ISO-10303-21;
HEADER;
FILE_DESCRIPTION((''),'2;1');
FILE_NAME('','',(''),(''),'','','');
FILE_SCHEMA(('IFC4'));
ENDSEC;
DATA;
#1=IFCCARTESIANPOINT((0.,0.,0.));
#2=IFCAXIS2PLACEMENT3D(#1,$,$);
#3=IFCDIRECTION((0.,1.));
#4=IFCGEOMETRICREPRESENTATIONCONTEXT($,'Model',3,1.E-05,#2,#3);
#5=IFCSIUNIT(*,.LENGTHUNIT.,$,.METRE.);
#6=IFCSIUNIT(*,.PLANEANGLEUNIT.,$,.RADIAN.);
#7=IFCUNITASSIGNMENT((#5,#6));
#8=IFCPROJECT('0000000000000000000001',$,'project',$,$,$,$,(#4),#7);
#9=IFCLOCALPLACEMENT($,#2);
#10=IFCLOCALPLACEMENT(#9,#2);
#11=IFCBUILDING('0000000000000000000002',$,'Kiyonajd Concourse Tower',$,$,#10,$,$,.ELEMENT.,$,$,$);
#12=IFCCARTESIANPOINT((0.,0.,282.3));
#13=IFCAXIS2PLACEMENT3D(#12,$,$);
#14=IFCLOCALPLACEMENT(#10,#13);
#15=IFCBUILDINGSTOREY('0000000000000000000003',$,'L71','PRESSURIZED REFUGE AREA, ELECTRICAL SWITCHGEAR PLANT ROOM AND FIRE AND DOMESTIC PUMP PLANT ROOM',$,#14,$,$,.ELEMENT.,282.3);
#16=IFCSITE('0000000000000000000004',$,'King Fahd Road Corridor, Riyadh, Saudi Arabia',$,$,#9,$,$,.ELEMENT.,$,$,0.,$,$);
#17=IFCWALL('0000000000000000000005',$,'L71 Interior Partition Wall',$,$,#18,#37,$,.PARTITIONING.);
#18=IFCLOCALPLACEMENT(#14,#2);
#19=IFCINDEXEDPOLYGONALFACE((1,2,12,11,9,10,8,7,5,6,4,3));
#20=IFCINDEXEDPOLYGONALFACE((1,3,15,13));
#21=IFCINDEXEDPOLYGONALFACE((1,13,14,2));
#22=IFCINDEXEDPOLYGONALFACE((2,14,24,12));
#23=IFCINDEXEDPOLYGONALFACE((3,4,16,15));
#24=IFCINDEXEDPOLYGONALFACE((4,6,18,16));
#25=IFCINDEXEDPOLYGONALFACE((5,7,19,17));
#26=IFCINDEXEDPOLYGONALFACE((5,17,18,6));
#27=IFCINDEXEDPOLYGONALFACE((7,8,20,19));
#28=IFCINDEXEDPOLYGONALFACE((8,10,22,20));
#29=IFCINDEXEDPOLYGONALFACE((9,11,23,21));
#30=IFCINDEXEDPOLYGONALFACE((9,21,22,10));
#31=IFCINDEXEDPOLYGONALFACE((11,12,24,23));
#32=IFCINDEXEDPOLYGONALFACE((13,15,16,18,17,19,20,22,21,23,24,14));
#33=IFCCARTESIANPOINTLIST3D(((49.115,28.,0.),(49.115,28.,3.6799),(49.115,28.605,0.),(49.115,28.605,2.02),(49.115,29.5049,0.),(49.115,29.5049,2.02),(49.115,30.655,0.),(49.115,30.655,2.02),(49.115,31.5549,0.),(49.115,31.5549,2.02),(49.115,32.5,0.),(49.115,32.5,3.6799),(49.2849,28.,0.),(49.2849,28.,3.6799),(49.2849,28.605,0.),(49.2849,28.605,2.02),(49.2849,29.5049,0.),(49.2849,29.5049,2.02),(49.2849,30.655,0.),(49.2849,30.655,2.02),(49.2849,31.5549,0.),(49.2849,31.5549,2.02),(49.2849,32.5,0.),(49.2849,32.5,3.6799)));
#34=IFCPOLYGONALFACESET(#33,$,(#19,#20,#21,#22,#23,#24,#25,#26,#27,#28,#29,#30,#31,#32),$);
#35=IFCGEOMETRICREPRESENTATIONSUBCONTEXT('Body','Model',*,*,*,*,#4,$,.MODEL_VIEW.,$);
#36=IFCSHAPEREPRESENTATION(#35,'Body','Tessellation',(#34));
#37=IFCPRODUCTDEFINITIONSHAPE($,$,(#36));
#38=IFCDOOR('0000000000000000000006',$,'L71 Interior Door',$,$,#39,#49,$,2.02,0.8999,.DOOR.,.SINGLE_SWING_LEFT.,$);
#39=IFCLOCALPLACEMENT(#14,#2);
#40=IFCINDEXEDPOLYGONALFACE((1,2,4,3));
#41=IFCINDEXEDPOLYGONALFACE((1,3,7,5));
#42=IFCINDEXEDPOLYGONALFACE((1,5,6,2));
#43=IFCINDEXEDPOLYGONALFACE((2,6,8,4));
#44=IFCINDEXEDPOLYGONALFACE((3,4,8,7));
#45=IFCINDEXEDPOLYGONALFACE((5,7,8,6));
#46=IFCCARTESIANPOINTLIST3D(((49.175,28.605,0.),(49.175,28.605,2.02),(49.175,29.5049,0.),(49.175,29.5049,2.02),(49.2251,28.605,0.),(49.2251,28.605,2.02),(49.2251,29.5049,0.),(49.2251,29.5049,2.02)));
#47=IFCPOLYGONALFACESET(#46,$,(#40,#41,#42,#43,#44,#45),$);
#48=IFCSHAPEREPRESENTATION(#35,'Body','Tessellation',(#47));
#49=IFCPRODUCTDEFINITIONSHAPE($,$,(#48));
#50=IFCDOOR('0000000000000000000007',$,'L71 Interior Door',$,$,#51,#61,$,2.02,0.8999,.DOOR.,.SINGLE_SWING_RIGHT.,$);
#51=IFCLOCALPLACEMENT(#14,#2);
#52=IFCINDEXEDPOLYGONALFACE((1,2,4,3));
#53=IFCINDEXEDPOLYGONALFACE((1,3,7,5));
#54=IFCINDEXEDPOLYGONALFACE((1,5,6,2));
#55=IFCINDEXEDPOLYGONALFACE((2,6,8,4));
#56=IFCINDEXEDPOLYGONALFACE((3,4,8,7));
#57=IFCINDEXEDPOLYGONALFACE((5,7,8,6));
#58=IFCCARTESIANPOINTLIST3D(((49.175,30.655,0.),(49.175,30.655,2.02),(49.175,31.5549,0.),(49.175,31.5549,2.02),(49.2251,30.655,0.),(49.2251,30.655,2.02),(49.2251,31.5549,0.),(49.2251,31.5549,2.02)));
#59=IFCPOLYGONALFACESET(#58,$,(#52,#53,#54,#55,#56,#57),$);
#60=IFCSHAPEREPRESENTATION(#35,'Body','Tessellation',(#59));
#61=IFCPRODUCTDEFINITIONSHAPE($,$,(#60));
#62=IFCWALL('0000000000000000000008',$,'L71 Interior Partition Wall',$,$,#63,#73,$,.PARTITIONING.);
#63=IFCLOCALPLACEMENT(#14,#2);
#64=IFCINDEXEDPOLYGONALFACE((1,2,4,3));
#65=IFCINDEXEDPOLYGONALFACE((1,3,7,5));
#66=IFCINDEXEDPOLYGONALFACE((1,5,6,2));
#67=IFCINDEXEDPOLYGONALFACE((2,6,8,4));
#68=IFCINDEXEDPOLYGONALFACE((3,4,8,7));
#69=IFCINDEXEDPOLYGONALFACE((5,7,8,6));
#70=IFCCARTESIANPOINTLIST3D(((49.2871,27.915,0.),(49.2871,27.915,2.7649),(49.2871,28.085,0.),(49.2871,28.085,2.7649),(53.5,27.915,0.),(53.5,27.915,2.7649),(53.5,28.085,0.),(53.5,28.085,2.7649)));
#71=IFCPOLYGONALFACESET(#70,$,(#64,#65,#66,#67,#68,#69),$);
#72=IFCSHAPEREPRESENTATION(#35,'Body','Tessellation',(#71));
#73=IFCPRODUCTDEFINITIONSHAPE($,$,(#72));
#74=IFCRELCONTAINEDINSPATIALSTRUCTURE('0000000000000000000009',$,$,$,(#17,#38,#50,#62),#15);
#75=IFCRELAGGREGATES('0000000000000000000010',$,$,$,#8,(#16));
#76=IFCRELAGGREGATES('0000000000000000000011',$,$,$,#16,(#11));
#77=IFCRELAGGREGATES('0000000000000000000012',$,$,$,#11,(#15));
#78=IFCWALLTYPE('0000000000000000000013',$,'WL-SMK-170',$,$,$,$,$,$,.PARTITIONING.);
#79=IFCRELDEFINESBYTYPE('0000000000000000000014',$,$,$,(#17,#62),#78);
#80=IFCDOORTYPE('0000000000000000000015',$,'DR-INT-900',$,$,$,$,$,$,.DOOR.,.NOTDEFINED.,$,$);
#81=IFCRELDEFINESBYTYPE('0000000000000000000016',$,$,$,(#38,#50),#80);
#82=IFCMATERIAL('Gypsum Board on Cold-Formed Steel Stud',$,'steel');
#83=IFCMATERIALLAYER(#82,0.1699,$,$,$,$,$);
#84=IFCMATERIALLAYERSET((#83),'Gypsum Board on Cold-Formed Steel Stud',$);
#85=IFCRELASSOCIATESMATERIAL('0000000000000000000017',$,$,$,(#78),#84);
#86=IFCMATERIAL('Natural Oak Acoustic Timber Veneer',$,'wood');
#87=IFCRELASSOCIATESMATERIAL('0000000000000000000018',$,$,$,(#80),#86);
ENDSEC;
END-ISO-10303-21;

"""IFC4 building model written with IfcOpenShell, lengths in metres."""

from ifc_helpers import new_model, si_unit, direction, frame, frame_2d, origin, place, context, subcontext, project, spatial, rectangle, extrude, material, layer, layer_set, type_object, element, fill, save


model = new_model("IFC4")

# Units and contexts
model_context = context("Model", 3, precision=1e-05, world=origin(), true_north=direction((0.0, 1.0)))
body_context = subcontext(model_context, "Body", "Model", "MODEL_VIEW")
ifc_project = project(units=[si_unit("LENGTHUNIT", "METRE"), si_unit("PLANEANGLEUNIT", "RADIAN")], contexts=[model_context])

# Site, building, storey
site_placement = place(None, origin())
site = spatial("IfcSite", under=ifc_project, at=site_placement, Name="King Fahd Road Corridor, Riyadh, Saudi Arabia", CompositionType="ELEMENT", RefElevation=0.0)
building_placement = place(site_placement, origin())
building = spatial("IfcBuilding", under=site, at=building_placement, Name="Kiyonajd Concourse Tower", CompositionType="ELEMENT")
storey_placement = place(building_placement, frame((0.0, 0.0, 282.3)))
storey = spatial("IfcBuildingStorey", under=building, at=storey_placement, Name="L71", Description="PRESSURIZED REFUGE AREA, ELECTRICAL SWITCHGEAR PLANT ROOM AND FIRE AND DOMESTIC PUMP PLANT ROOM", CompositionType="ELEMENT", Elevation=282.3)

# Wall, openings, doors
ifc_material_1 = material(Name="Gypsum Board on Cold-Formed Steel Stud", Category="steel")
ifc_layer_1 = layer(ifc_material_1, 0.1699)
ifc_layer_set_1 = layer_set([ifc_layer_1], Name="Gypsum Board on Cold-Formed Steel Stud")
wall_type_1 = type_object("IfcWallType", Name="WL-SMK-170", PredefinedType="PARTITIONING", material=ifc_layer_set_1)
wall_1_placement = place(storey_placement, frame((49.2, 28.0, 0.0), z_axis=(0.0, 0.0, 1.0), x_axis=(0.0, 1.0, 0.0)))
wall_1 = element("IfcWall", 1, at=wall_1_placement, inside=storey, type_object=wall_type_1, Name="L71 Interior Partition Wall", PredefinedType="PARTITIONING", context=body_context, shape_type="SweptSolid", body=[
    extrude(rectangle(XDim=4.5, YDim=0.1699, at=frame_2d((2.25, 0.0))), origin(), (0.0, 0.0, 1.0), 3.6799),
])
opening_1_placement = place(wall_1_placement, frame((0.605, 0.0, 0.0)))
opening_1 = element("IfcOpeningElement", 2, at=opening_1_placement, cuts=wall_1, PredefinedType="OPENING", context=body_context, shape_type="SweptSolid", body=[
    extrude(rectangle(XDim=0.8999, YDim=2.02, at=frame_2d((0.45, 1.01))), frame((0.0, 0.095, 0.0), z_axis=(0.0, -1.0, 0.0), x_axis=(1.0, 0.0, 0.0)), (0.0, 0.0, 1.0), 0.1899),
])
opening_2_placement = place(wall_1_placement, frame((2.655, 0.0, 0.0)))
opening_2 = element("IfcOpeningElement", 3, at=opening_2_placement, cuts=wall_1, PredefinedType="OPENING", context=body_context, shape_type="SweptSolid", body=[
    extrude(rectangle(XDim=0.8999, YDim=2.02, at=frame_2d((0.45, 1.01))), frame((0.0, 0.095, 0.0), z_axis=(0.0, -1.0, 0.0), x_axis=(1.0, 0.0, 0.0)), (0.0, 0.0, 1.0), 0.1899),
])
ifc_material_2 = material(Name="Natural Oak Acoustic Timber Veneer", Category="wood")
door_type_1 = type_object("IfcDoorType", Name="DR-INT-900", OperationType="NOTDEFINED", PredefinedType="DOOR", material=ifc_material_2)
door_1_placement = place(opening_1_placement, origin())
door_1 = element("IfcDoor", 4, at=door_1_placement, inside=storey, type_object=door_type_1, Name="L71 Interior Door", OperationType="SINGLE_SWING_LEFT", OverallHeight=2.02, OverallWidth=0.8999, PredefinedType="DOOR", context=body_context, shape_type="SweptSolid", body=[
    extrude(rectangle(XDim=0.8999, YDim=2.02, at=frame_2d((0.45, 1.01))), frame((0.0, 0.0249, 0.0), z_axis=(0.0, -1.0, 0.0), x_axis=(1.0, 0.0, 0.0)), (0.0, 0.0, 1.0), 0.05),
])
fill(opening_1, door_1)
door_2_placement = place(opening_2_placement, origin())
door_2 = element("IfcDoor", 5, at=door_2_placement, inside=storey, type_object=door_type_1, Name="L71 Interior Door", OperationType="SINGLE_SWING_RIGHT", OverallHeight=2.02, OverallWidth=0.8999, PredefinedType="DOOR", context=body_context, shape_type="SweptSolid", body=[
    extrude(rectangle(XDim=0.8999, YDim=2.02, at=frame_2d((0.45, 1.01))), frame((0.0, 0.0249, 0.0), z_axis=(0.0, -1.0, 0.0), x_axis=(1.0, 0.0, 0.0)), (0.0, 0.0, 1.0), 0.05),
])
fill(opening_2, door_2)

# Wall
wall_2_placement = place(storey_placement, frame((49.2871, 28.0, 0.0), z_axis=(0.0, 0.0, 1.0), x_axis=(1.0, 0.0, 0.0)))
element("IfcWall", 6, at=wall_2_placement, inside=storey, type_object=wall_type_1, Name="L71 Interior Partition Wall", PredefinedType="PARTITIONING", context=body_context, shape_type="SweptSolid", body=[
    extrude(rectangle(XDim=4.2129, YDim=0.1699, at=frame_2d((2.1064, 0.0))), origin(), (0.0, 0.0, 1.0), 2.7649),
])

save(model, "model.ifc")
